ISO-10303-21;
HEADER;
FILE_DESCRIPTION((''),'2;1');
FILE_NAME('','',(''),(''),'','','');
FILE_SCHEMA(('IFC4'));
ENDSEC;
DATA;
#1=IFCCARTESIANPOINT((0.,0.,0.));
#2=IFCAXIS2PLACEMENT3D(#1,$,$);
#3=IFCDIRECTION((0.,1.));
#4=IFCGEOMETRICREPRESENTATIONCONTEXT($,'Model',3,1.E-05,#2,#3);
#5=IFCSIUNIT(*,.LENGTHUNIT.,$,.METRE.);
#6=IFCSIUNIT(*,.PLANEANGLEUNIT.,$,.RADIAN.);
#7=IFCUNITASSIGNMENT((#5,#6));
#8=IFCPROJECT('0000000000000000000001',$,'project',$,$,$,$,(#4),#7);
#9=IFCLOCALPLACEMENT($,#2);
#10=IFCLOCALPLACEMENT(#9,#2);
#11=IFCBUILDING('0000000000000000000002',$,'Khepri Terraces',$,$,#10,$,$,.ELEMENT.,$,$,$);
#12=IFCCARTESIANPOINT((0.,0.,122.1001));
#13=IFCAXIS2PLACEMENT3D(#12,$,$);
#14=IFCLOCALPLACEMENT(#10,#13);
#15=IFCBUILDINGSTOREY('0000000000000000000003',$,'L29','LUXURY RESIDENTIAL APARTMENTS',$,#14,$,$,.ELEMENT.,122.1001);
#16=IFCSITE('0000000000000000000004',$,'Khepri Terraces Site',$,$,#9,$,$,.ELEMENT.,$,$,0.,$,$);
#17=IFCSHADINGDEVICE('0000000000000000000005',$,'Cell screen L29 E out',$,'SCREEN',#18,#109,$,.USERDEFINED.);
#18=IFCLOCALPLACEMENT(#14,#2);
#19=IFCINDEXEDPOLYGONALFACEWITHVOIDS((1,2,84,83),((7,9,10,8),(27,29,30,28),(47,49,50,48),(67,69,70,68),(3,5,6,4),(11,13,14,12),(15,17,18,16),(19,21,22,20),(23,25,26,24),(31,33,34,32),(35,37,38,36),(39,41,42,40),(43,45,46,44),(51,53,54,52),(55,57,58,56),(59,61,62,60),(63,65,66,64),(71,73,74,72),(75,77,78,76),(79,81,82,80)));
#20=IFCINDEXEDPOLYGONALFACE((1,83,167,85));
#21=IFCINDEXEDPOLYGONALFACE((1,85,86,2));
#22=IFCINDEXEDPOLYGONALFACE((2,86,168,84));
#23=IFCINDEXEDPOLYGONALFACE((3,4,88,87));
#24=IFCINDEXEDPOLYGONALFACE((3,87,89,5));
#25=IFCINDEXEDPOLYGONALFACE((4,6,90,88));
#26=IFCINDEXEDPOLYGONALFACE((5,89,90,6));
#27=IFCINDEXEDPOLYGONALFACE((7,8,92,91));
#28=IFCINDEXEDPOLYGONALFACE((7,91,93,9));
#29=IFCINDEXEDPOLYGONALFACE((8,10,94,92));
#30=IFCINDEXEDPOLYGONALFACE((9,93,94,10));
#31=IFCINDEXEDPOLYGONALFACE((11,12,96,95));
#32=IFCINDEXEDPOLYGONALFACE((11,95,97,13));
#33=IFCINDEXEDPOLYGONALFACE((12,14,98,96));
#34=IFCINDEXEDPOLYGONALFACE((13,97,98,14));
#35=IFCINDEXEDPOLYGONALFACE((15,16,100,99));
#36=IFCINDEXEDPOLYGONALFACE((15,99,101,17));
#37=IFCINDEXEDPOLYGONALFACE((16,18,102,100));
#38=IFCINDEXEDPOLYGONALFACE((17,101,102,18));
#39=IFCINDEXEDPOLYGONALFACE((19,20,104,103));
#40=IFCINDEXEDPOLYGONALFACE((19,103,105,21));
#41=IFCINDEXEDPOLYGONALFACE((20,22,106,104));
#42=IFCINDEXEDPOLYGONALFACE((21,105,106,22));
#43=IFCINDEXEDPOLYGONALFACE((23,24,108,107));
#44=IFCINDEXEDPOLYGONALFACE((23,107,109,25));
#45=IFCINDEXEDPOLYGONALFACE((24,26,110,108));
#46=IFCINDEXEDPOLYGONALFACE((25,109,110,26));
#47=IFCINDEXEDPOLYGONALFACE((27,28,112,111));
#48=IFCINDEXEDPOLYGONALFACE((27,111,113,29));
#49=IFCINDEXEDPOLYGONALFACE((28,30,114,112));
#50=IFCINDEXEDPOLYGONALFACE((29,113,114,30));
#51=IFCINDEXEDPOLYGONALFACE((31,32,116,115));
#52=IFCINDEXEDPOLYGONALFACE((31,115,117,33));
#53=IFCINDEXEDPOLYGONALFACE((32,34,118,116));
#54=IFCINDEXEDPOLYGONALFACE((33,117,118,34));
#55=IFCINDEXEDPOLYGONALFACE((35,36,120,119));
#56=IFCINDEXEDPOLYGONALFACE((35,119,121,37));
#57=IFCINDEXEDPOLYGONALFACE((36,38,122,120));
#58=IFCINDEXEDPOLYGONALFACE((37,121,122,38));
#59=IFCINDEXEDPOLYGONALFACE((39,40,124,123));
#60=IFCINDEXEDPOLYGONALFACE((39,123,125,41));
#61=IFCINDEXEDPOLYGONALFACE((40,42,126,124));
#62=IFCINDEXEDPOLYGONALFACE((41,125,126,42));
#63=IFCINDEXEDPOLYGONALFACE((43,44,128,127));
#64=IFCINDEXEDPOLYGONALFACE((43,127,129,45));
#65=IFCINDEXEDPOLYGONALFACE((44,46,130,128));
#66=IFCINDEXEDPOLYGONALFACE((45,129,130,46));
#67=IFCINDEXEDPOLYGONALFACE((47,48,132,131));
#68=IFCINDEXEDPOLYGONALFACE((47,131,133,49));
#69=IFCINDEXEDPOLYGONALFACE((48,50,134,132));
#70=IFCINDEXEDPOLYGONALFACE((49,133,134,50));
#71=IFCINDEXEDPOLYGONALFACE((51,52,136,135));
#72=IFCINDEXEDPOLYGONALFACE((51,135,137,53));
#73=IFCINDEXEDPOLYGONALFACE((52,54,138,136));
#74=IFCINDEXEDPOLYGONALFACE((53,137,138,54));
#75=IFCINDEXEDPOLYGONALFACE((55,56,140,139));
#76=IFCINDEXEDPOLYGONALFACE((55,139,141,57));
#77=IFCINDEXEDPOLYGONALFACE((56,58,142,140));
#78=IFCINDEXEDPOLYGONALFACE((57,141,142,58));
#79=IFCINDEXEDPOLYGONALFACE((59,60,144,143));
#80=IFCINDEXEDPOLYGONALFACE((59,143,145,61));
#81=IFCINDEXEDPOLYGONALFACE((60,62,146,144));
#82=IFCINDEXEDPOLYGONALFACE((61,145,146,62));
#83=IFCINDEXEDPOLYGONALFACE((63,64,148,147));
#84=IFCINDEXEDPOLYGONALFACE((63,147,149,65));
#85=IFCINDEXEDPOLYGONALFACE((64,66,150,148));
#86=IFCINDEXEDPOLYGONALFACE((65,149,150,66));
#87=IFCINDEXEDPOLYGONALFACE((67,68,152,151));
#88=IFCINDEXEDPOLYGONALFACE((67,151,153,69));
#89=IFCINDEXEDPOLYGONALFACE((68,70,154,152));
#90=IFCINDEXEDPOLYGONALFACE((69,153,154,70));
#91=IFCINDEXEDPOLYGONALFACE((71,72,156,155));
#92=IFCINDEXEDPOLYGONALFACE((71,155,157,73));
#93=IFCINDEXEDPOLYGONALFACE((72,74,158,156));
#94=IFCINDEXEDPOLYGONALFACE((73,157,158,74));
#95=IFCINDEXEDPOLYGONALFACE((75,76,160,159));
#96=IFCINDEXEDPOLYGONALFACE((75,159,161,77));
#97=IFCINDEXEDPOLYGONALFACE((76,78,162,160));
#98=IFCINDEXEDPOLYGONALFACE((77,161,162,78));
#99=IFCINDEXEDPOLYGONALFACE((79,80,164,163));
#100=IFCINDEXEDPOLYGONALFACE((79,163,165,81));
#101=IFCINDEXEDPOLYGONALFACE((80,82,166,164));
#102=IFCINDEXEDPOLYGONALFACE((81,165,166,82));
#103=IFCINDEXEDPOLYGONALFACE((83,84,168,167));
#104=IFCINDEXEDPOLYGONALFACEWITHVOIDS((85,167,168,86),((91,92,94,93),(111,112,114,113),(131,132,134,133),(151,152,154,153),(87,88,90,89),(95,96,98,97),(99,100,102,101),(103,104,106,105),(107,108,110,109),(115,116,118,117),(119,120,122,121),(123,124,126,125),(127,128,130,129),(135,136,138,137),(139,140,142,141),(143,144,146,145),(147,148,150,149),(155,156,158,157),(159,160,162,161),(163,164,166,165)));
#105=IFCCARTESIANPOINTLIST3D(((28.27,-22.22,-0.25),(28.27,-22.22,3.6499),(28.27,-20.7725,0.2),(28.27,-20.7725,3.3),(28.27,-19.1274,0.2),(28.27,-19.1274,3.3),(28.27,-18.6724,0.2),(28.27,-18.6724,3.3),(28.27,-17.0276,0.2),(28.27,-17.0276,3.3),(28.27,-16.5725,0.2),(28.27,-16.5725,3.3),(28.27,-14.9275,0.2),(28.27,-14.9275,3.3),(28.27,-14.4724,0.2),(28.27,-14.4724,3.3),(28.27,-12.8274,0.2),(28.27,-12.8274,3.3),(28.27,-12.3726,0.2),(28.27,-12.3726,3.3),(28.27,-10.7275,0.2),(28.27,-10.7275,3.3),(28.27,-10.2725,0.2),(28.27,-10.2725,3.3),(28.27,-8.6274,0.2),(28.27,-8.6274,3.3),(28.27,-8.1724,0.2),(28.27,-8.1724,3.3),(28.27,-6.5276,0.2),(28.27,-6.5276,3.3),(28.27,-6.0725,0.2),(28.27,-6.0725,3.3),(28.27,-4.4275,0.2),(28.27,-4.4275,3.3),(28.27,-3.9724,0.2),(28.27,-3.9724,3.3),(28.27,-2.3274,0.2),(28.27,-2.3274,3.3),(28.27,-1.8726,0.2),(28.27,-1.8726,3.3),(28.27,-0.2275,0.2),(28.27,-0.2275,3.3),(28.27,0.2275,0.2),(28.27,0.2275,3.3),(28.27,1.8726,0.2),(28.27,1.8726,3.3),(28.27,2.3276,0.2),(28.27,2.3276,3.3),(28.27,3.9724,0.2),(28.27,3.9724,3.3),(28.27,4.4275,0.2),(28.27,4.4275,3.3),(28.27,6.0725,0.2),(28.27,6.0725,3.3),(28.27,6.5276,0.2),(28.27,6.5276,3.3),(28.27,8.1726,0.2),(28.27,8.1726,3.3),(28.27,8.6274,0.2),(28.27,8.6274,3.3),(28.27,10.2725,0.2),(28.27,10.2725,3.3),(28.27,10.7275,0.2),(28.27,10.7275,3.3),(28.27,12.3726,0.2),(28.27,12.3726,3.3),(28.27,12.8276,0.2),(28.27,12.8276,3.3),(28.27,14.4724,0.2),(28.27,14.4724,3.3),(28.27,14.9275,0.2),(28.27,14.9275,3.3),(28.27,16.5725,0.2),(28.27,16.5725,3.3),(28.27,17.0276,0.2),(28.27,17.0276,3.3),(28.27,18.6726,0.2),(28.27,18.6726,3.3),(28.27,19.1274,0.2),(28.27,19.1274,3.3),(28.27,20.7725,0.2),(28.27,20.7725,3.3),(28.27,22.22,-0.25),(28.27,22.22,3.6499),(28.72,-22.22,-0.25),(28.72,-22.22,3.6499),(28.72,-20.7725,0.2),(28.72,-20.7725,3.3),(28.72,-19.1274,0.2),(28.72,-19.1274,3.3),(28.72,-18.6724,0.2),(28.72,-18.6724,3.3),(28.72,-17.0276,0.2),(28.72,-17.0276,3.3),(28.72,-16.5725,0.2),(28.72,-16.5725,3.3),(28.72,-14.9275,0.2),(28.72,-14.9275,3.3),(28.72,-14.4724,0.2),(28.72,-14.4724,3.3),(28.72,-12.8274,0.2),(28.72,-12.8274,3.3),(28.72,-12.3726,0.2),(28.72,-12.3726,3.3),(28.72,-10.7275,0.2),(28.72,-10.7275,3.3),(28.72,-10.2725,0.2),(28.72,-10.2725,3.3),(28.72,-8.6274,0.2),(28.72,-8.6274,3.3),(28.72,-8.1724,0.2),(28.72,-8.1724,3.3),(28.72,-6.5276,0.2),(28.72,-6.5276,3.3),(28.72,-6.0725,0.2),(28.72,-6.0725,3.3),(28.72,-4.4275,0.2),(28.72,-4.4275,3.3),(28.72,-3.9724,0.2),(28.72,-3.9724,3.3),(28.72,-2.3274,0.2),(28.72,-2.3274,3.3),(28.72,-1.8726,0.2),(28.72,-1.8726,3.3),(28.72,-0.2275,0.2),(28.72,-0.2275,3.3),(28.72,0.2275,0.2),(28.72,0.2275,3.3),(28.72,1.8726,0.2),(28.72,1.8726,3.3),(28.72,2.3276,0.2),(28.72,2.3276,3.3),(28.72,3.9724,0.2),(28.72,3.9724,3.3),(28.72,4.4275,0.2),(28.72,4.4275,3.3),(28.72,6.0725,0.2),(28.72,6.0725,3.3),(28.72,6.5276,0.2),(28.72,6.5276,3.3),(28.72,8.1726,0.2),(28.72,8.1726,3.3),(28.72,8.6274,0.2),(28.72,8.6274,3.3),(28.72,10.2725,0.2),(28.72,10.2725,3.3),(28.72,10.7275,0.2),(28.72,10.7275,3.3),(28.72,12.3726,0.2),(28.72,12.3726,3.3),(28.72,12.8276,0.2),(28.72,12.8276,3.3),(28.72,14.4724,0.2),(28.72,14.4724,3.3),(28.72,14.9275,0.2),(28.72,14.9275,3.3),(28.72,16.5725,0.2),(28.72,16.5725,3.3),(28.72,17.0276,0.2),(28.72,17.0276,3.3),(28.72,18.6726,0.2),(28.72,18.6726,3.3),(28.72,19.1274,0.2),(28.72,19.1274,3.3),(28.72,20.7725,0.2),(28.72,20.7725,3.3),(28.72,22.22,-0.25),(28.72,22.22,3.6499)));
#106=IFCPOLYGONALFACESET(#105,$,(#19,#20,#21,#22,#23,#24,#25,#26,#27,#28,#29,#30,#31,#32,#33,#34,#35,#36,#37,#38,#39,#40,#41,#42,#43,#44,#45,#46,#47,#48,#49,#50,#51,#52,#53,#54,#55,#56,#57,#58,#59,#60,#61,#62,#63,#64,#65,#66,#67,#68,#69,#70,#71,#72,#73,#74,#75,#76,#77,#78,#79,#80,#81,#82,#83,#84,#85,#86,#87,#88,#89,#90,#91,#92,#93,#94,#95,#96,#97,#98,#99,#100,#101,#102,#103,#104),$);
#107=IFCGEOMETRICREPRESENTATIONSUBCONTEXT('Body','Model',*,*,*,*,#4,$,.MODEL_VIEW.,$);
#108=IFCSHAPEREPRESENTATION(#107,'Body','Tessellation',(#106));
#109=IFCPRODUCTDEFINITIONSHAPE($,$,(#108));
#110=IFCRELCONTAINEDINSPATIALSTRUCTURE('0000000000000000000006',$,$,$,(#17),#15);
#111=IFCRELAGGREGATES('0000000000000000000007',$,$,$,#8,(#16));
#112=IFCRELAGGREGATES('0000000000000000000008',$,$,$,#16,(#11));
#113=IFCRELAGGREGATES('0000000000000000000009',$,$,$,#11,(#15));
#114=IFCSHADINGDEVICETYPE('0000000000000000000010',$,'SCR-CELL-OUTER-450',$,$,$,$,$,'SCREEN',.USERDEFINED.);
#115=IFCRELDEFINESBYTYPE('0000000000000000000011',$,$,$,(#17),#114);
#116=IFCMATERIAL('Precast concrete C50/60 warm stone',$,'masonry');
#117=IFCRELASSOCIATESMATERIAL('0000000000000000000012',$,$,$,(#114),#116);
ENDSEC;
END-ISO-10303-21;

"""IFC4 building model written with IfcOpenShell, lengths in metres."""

from ifc_helpers import new_model, si_unit, direction, frame, origin, place, context, subcontext, project, spatial, polyline, outline, extrude, material, type_object, element, save


model = new_model("IFC4")

# Units and contexts
model_context = context("Model", 3, precision=1e-05, world=origin(), true_north=direction((0.0, 1.0)))
body_context = subcontext(model_context, "Body", "Model", "MODEL_VIEW")
ifc_project = project(units=[si_unit("LENGTHUNIT", "METRE"), si_unit("PLANEANGLEUNIT", "RADIAN")], contexts=[model_context])

# Site, building, storey
site_placement = place(None, origin())
site = spatial("IfcSite", under=ifc_project, at=site_placement, Name="Khepri Terraces Site", CompositionType="ELEMENT", RefElevation=0.0)
building_placement = place(site_placement, origin())
building = spatial("IfcBuilding", under=site, at=building_placement, Name="Khepri Terraces", CompositionType="ELEMENT")
storey_placement = place(building_placement, frame((0.0, 0.0, 122.1001)))
storey = spatial("IfcBuildingStorey", under=building, at=storey_placement, Name="L29", Description="LUXURY RESIDENTIAL APARTMENTS", CompositionType="ELEMENT", Elevation=122.1001)

# Shared definitions
ifc_material_1 = material(Name="Precast concrete C50/60 warm stone", Category="masonry")

# Shading device
shading_device_type_1 = type_object("IfcShadingDeviceType", Name="SCR-CELL-OUTER-450", ElementType="SCREEN", PredefinedType="USERDEFINED", material=ifc_material_1)
shading_device_1_placement = place(storey_placement, frame((28.27, -22.22, -0.25), z_axis=(1.0, 0.0, 0.0), x_axis=(0.0, 1.0, 0.0)))
element("IfcShadingDevice", 1, at=shading_device_1_placement, inside=storey, type_object=shading_device_type_1, Name="Cell screen L29 E out", ObjectType="SCREEN", PredefinedType="USERDEFINED", context=body_context, shape_type="SweptSolid", body=[
    extrude(outline(polyline([(0.0, 0.0), (44.4399, 0.0), (44.4399, 3.8999), (0.0, 3.8999), (0.0, 0.0)]), holes=[polyline([(1.4475, 0.45), (3.0925, 0.45), (3.0925, 3.55), (1.4475, 3.55), (1.4475, 0.45)]), polyline([(3.5476, 0.45), (5.1924, 0.45), (5.1924, 3.55), (3.5476, 3.55), (3.5476, 0.45)]), polyline([(5.6475, 0.45), (7.2925, 0.45), (7.2925, 3.55), (5.6475, 3.55), (5.6475, 0.45)]), polyline([(7.7476, 0.45), (9.3926, 0.45), (9.3926, 3.55), (7.7476, 3.55), (7.7476, 0.45)]), polyline([(9.8474, 0.45), (11.4924, 0.45), (11.4924, 3.55), (9.8474, 3.55), (9.8474, 0.45)]), polyline([(11.9475, 0.45), (13.5925, 0.45), (13.5925, 3.55), (11.9475, 3.55), (11.9475, 0.45)]), polyline([(14.0476, 0.45), (15.6924, 0.45), (15.6924, 3.55), (14.0476, 3.55), (14.0476, 0.45)]), polyline([(16.1475, 0.45), (17.7925, 0.45), (17.7925, 3.55), (16.1475, 3.55), (16.1475, 0.45)]), polyline([(18.2476, 0.45), (19.8926, 0.45), (19.8926, 3.55), (18.2476, 3.55), (18.2476, 0.45)]), polyline([(20.3474, 0.45), (21.9924, 0.45), (21.9924, 3.55), (20.3474, 3.55), (20.3474, 0.45)]), polyline([(22.4475, 0.45), (24.0925, 0.45), (24.0925, 3.55), (22.4475, 3.55), (22.4475, 0.45)]), polyline([(24.5476, 0.45), (26.1924, 0.45), (26.1924, 3.55), (24.5476, 3.55), (24.5476, 0.45)]), polyline([(26.6475, 0.45), (28.2925, 0.45), (28.2925, 3.55), (26.6475, 3.55), (26.6475, 0.45)]), polyline([(28.7476, 0.45), (30.3926, 0.45), (30.3926, 3.55), (28.7476, 3.55), (28.7476, 0.45)]), polyline([(30.8474, 0.45), (32.4924, 0.45), (32.4924, 3.55), (30.8474, 3.55), (30.8474, 0.45)]), polyline([(32.9475, 0.45), (34.5925, 0.45), (34.5925, 3.55), (32.9475, 3.55), (32.9475, 0.45)]), polyline([(35.0476, 0.45), (36.6924, 0.45), (36.6924, 3.55), (35.0476, 3.55), (35.0476, 0.45)]), polyline([(37.1475, 0.45), (38.7925, 0.45), (38.7925, 3.55), (37.1475, 3.55), (37.1475, 0.45)]), polyline([(39.2476, 0.45), (40.8926, 0.45), (40.8926, 3.55), (39.2476, 3.55), (39.2476, 0.45)]), polyline([(41.3474, 0.45), (42.9924, 0.45), (42.9924, 3.55), (41.3474, 3.55), (41.3474, 0.45)])]), origin(), (0.0, 0.0, 1.0), 0.45),
])

save(model, "model.ifc")
